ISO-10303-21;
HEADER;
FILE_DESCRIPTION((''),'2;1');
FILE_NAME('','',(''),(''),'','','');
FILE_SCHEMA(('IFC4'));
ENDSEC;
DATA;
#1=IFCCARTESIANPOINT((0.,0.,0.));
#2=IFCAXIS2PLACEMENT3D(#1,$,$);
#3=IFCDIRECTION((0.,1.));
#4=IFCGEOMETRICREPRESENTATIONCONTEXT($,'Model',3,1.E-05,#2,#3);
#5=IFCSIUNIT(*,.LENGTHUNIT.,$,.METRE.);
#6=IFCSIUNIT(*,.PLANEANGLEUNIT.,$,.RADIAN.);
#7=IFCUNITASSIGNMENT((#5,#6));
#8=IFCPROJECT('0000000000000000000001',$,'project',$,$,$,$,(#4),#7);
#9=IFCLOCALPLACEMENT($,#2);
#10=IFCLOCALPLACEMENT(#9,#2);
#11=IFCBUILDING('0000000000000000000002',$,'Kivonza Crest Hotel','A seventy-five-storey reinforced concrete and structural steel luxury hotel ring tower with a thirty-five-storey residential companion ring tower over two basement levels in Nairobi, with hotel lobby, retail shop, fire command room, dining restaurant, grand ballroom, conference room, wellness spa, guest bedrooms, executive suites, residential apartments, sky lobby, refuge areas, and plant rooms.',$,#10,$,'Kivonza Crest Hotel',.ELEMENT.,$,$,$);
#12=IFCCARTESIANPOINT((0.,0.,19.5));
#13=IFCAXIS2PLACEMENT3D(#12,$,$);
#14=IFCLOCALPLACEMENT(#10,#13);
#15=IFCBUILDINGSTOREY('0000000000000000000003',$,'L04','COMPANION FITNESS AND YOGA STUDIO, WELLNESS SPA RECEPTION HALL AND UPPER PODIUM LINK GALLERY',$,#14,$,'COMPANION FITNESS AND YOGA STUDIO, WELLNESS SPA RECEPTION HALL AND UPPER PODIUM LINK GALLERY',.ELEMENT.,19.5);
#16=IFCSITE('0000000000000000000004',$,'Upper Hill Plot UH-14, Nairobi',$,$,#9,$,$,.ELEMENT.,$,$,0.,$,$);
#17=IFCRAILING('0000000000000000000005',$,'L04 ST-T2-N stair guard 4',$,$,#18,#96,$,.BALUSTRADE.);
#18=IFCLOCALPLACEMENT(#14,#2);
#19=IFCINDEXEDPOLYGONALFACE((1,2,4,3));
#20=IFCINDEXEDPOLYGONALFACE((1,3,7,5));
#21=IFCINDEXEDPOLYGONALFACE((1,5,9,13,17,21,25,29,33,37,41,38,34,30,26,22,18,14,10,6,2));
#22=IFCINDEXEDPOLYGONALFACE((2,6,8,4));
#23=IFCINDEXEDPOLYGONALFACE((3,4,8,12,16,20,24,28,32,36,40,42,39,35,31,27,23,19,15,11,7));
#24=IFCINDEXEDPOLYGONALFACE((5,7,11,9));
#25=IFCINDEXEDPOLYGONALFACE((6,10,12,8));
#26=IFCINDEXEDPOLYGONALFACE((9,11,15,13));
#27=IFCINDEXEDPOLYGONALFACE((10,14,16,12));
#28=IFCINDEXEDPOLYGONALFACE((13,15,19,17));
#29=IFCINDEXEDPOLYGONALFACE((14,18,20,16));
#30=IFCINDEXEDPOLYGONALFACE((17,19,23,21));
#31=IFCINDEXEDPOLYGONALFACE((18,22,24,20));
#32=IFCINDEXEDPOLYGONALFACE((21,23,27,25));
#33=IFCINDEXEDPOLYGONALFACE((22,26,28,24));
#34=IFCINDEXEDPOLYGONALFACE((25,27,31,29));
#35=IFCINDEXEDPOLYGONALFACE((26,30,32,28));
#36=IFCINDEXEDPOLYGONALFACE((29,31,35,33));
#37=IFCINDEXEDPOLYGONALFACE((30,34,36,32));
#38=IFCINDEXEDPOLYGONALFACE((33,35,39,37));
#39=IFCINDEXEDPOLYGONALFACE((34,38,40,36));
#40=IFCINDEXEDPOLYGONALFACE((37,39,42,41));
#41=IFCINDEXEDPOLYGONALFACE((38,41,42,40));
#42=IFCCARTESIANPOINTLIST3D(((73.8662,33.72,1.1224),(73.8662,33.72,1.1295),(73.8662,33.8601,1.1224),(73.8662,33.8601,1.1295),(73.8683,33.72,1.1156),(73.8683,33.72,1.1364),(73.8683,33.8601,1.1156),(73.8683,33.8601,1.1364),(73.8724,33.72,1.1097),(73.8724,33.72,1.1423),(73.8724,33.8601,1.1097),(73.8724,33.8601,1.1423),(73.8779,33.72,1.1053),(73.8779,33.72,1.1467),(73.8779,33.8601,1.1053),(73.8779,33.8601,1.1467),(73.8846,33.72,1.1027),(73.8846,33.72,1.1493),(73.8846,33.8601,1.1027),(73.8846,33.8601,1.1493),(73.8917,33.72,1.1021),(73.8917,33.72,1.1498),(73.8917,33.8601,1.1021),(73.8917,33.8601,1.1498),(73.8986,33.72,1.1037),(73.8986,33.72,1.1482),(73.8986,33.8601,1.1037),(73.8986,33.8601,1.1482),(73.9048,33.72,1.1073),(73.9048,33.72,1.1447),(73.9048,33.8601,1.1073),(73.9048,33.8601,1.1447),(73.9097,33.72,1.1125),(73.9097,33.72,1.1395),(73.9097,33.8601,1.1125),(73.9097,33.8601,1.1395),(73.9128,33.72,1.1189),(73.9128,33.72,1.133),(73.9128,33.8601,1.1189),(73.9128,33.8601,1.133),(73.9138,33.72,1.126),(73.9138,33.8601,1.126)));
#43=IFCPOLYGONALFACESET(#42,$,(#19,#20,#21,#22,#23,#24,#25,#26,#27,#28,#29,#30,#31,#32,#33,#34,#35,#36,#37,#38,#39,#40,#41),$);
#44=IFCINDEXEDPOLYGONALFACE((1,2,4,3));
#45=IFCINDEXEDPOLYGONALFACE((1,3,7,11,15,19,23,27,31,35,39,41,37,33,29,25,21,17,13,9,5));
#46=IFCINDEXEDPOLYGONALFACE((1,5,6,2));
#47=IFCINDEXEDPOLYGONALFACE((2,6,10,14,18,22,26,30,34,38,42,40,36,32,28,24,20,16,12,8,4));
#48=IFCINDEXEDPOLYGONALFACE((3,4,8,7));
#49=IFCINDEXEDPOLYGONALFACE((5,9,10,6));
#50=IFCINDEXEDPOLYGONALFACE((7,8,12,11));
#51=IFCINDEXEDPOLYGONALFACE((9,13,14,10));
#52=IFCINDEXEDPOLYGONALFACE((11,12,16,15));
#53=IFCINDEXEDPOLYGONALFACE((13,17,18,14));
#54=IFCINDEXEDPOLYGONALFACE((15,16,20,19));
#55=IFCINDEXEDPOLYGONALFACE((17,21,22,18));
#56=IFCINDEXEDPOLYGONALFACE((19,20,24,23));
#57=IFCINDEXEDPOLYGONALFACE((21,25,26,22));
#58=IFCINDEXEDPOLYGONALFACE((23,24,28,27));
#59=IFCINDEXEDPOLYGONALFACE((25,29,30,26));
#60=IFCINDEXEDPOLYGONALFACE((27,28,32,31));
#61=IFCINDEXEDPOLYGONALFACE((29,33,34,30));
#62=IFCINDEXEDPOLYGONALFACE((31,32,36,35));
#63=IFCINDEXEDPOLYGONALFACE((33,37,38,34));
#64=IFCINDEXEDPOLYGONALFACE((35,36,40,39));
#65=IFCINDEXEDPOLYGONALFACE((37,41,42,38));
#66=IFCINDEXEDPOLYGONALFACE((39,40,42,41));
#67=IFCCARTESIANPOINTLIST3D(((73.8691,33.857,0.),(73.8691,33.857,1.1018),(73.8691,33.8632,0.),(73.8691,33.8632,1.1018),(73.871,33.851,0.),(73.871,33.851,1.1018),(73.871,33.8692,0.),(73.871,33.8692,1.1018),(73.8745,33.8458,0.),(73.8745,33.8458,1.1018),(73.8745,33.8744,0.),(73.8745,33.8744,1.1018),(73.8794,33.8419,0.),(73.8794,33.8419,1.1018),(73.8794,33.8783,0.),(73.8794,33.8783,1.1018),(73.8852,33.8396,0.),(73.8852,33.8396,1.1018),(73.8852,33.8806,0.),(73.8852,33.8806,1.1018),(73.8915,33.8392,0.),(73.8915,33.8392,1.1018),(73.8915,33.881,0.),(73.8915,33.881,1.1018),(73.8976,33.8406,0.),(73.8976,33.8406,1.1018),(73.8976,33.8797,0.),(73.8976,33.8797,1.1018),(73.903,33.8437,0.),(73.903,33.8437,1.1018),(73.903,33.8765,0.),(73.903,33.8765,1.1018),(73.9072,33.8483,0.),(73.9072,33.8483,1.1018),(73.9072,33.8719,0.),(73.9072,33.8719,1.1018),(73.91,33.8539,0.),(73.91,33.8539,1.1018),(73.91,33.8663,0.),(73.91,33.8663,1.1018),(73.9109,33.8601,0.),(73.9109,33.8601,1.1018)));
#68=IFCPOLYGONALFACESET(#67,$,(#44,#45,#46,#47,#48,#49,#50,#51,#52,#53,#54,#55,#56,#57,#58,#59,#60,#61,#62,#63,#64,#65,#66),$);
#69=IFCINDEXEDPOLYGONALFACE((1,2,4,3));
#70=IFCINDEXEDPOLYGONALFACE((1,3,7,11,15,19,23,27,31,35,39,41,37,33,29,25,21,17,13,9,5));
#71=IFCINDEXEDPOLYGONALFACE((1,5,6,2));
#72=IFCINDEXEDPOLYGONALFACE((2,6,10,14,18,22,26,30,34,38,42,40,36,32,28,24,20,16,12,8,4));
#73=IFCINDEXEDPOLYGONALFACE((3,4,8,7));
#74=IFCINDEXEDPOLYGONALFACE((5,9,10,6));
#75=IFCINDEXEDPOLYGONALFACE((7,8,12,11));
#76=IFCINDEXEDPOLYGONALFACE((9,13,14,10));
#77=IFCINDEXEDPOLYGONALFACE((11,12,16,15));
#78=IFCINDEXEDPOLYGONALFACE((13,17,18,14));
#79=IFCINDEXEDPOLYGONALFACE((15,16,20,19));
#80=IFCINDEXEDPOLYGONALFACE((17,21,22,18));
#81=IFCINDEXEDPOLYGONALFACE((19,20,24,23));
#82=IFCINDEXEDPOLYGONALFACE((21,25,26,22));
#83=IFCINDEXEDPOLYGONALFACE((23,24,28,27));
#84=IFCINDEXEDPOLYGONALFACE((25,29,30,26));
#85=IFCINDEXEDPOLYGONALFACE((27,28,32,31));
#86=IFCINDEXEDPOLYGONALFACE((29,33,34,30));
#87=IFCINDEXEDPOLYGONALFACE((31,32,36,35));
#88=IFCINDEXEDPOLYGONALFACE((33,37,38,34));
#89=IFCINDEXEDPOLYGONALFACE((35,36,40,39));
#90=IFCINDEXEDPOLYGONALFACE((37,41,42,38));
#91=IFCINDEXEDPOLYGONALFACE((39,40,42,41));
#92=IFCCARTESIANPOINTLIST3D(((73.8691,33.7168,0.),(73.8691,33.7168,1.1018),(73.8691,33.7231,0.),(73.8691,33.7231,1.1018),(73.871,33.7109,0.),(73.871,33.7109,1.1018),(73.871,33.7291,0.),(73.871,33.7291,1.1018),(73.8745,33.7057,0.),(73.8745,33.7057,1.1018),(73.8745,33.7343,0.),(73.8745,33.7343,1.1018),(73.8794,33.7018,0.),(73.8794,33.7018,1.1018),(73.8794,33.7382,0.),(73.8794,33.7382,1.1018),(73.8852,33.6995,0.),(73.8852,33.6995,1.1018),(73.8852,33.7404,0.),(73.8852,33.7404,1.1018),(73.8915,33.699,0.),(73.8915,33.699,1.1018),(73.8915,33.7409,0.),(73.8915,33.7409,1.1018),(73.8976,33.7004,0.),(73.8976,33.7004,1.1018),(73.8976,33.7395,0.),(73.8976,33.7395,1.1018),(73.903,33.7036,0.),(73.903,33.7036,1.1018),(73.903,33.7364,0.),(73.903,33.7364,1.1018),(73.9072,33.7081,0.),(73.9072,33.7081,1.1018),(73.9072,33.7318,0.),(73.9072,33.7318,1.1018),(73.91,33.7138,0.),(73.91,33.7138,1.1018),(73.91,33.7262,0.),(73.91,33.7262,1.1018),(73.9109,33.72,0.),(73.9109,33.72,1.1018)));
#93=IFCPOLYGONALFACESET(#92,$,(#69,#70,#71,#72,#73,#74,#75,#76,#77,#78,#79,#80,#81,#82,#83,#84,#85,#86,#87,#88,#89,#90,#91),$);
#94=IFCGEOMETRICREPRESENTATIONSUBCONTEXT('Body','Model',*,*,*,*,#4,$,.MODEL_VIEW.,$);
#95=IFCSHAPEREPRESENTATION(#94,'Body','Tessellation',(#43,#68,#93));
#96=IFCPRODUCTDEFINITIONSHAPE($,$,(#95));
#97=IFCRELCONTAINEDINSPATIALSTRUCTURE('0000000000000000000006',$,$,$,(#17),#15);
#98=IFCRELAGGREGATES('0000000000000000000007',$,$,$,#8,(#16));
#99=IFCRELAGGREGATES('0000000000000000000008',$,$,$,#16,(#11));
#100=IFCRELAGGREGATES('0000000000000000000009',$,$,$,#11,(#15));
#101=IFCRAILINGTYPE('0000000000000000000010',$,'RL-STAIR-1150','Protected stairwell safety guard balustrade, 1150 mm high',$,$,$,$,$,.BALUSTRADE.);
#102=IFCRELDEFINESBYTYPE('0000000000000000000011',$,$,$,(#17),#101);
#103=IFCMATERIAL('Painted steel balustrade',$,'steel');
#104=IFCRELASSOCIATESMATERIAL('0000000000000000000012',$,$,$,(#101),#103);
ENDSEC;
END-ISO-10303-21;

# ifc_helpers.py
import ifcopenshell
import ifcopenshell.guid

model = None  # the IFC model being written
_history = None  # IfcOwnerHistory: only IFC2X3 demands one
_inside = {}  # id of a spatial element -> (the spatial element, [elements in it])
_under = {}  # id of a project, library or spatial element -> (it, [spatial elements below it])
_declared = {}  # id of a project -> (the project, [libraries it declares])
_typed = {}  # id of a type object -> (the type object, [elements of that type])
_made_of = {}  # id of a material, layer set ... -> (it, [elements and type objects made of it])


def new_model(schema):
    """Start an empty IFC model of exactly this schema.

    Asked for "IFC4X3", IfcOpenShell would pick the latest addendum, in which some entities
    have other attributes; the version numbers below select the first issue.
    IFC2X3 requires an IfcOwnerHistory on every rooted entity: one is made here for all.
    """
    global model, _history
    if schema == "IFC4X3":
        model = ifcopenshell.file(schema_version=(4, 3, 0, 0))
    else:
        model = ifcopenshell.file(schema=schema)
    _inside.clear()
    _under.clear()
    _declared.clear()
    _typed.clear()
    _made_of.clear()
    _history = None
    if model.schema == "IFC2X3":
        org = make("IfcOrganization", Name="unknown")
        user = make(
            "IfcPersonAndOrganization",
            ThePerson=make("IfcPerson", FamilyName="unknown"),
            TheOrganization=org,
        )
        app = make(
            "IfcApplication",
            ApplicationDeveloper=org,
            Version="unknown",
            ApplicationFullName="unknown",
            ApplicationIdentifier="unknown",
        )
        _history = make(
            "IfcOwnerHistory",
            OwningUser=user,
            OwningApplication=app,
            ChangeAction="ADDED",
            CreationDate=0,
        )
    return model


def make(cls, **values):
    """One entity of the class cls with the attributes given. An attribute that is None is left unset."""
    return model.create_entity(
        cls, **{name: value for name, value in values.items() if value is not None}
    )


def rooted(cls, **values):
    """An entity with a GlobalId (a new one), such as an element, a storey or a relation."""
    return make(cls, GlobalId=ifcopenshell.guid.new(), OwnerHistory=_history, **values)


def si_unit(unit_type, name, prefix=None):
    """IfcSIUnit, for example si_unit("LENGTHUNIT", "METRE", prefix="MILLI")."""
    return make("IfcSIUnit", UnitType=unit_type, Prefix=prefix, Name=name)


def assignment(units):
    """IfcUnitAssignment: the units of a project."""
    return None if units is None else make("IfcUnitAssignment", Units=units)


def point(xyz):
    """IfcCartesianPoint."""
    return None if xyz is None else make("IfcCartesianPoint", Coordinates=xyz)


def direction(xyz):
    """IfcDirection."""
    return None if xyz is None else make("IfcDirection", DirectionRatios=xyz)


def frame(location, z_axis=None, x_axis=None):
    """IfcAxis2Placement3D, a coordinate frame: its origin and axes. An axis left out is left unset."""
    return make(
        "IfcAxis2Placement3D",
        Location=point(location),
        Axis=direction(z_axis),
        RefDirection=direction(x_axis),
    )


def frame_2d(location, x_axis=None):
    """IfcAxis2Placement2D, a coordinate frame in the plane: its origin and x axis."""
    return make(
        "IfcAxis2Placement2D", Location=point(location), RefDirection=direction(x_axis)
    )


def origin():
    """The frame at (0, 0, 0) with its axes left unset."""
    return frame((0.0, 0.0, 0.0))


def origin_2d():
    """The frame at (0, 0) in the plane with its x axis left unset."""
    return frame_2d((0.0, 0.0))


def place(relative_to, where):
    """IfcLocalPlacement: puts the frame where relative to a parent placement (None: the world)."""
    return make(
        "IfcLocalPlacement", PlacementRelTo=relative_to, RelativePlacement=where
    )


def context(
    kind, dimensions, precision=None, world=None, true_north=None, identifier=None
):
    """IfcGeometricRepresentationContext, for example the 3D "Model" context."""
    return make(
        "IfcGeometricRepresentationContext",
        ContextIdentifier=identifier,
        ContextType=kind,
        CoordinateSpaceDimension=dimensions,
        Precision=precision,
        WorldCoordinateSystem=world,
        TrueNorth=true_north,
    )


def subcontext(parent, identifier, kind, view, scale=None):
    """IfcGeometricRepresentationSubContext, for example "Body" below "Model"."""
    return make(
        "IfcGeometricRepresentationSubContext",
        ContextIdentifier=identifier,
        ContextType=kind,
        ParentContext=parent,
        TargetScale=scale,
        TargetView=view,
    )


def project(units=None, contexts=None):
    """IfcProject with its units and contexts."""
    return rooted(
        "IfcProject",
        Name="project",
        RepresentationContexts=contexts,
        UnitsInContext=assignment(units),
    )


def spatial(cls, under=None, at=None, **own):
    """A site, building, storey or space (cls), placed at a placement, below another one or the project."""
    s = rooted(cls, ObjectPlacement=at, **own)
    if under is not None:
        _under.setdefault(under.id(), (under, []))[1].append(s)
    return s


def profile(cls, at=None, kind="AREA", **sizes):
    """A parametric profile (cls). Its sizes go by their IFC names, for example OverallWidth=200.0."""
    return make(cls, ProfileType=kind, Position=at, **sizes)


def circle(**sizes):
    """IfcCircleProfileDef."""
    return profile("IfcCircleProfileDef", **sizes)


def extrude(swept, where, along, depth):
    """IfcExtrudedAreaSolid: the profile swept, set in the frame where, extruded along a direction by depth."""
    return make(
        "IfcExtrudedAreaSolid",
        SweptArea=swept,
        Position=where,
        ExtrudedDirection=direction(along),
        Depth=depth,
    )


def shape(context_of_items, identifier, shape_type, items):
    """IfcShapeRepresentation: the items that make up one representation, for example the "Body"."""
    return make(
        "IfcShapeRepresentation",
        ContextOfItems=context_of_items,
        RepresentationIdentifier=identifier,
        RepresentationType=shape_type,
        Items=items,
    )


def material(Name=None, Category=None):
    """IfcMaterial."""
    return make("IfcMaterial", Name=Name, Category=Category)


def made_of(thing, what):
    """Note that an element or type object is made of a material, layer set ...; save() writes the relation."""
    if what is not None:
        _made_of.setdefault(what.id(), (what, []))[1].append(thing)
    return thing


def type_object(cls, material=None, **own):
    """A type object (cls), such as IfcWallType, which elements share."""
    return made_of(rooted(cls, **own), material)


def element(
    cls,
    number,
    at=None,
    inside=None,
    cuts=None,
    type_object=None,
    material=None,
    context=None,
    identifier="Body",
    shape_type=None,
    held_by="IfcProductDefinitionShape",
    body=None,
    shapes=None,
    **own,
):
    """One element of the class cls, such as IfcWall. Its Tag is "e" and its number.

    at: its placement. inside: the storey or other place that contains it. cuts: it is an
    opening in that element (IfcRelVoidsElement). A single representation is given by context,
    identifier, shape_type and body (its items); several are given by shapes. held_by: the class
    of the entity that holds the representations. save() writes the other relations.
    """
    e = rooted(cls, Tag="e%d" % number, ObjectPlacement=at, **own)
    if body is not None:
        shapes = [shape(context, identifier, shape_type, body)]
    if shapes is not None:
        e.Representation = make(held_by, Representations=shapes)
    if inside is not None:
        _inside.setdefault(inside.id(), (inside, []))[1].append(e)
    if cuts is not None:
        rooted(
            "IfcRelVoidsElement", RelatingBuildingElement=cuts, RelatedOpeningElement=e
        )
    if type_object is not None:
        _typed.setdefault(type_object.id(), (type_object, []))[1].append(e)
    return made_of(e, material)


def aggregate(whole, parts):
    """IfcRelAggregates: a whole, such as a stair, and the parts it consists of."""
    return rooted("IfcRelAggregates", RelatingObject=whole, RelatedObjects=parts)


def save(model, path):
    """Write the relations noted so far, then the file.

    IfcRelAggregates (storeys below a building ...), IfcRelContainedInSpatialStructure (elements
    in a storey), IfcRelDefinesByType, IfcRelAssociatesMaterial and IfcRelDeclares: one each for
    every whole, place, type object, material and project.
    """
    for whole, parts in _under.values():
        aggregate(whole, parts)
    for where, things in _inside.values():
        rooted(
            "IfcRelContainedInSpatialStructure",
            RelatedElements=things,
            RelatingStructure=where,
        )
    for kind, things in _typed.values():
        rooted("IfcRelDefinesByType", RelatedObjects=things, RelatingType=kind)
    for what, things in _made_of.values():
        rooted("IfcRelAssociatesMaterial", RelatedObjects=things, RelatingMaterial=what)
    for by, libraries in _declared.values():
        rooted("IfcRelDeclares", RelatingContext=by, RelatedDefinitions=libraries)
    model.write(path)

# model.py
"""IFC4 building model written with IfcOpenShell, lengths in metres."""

from ifc_helpers import new_model, si_unit, direction, frame, origin, origin_2d, place, context, subcontext, project, spatial, circle, extrude, material, type_object, element, save


model = new_model("IFC4")

# Units and contexts
model_context = context("Model", 3, precision=1e-05, world=origin(), true_north=direction((0.0, 1.0)))
body_context = subcontext(model_context, "Body", "Model", "MODEL_VIEW")
ifc_project = project(units=[si_unit("LENGTHUNIT", "METRE"), si_unit("PLANEANGLEUNIT", "RADIAN")], contexts=[model_context])

# Site, building, storey
site_placement = place(None, origin())
site = spatial("IfcSite", under=ifc_project, at=site_placement, Name="Upper Hill Plot UH-14, Nairobi", CompositionType="ELEMENT", RefElevation=0.0)
building_placement = place(site_placement, origin())
building = spatial("IfcBuilding", under=site, at=building_placement, Name="Kivonza Crest Hotel", Description="A seventy-five-storey reinforced concrete and structural steel luxury hotel ring tower with a thirty-five-storey residential companion ring tower over two basement levels in Nairobi, with hotel lobby, retail shop, fire command room, dining restaurant, grand ballroom, conference room, wellness spa, guest bedrooms, executive suites, residential apartments, sky lobby, refuge areas, and plant rooms.", LongName="Kivonza Crest Hotel", CompositionType="ELEMENT")
storey_placement = place(building_placement, frame((0.0, 0.0, 19.5)))
storey = spatial("IfcBuildingStorey", under=building, at=storey_placement, Name="L04", Description="COMPANION FITNESS AND YOGA STUDIO, WELLNESS SPA RECEPTION HALL AND UPPER PODIUM LINK GALLERY", LongName="COMPANION FITNESS AND YOGA STUDIO, WELLNESS SPA RECEPTION HALL AND UPPER PODIUM LINK GALLERY", CompositionType="ELEMENT", Elevation=19.5)

# Railing
ifc_material_1 = material(Name="Painted steel balustrade", Category="steel")
railing_type_1 = type_object("IfcRailingType", Name="RL-STAIR-1150", Description="Protected stairwell safety guard balustrade, 1150 mm high", PredefinedType="BALUSTRADE", material=ifc_material_1)
railing_1_placement = place(storey_placement, frame((73.8899, 33.8601, 0.0)))
element("IfcRailing", 1, at=railing_1_placement, inside=storey, type_object=railing_type_1, Name="L04 ST-T2-N stair guard 4", PredefinedType="BALUSTRADE", context=body_context, shape_type="SweptSolid", body=[
    extrude(circle(Radius=0.0239, at=origin_2d()), frame((0.0, 0.0, 1.126), z_axis=(0.0, -1.0, 0.0), x_axis=(1.0, 0.0, 0.0)), (0.0, 0.0, 1.0), 0.1401),
    extrude(circle(Radius=0.021, at=origin_2d()), origin(), (0.0, 0.0, 1.0), 1.1018),
    extrude(circle(Radius=0.021, at=origin_2d()), frame((0.0, -0.1401, 0.0)), (0.0, 0.0, 1.0), 1.1018),
])

save(model, "model.ifc")
